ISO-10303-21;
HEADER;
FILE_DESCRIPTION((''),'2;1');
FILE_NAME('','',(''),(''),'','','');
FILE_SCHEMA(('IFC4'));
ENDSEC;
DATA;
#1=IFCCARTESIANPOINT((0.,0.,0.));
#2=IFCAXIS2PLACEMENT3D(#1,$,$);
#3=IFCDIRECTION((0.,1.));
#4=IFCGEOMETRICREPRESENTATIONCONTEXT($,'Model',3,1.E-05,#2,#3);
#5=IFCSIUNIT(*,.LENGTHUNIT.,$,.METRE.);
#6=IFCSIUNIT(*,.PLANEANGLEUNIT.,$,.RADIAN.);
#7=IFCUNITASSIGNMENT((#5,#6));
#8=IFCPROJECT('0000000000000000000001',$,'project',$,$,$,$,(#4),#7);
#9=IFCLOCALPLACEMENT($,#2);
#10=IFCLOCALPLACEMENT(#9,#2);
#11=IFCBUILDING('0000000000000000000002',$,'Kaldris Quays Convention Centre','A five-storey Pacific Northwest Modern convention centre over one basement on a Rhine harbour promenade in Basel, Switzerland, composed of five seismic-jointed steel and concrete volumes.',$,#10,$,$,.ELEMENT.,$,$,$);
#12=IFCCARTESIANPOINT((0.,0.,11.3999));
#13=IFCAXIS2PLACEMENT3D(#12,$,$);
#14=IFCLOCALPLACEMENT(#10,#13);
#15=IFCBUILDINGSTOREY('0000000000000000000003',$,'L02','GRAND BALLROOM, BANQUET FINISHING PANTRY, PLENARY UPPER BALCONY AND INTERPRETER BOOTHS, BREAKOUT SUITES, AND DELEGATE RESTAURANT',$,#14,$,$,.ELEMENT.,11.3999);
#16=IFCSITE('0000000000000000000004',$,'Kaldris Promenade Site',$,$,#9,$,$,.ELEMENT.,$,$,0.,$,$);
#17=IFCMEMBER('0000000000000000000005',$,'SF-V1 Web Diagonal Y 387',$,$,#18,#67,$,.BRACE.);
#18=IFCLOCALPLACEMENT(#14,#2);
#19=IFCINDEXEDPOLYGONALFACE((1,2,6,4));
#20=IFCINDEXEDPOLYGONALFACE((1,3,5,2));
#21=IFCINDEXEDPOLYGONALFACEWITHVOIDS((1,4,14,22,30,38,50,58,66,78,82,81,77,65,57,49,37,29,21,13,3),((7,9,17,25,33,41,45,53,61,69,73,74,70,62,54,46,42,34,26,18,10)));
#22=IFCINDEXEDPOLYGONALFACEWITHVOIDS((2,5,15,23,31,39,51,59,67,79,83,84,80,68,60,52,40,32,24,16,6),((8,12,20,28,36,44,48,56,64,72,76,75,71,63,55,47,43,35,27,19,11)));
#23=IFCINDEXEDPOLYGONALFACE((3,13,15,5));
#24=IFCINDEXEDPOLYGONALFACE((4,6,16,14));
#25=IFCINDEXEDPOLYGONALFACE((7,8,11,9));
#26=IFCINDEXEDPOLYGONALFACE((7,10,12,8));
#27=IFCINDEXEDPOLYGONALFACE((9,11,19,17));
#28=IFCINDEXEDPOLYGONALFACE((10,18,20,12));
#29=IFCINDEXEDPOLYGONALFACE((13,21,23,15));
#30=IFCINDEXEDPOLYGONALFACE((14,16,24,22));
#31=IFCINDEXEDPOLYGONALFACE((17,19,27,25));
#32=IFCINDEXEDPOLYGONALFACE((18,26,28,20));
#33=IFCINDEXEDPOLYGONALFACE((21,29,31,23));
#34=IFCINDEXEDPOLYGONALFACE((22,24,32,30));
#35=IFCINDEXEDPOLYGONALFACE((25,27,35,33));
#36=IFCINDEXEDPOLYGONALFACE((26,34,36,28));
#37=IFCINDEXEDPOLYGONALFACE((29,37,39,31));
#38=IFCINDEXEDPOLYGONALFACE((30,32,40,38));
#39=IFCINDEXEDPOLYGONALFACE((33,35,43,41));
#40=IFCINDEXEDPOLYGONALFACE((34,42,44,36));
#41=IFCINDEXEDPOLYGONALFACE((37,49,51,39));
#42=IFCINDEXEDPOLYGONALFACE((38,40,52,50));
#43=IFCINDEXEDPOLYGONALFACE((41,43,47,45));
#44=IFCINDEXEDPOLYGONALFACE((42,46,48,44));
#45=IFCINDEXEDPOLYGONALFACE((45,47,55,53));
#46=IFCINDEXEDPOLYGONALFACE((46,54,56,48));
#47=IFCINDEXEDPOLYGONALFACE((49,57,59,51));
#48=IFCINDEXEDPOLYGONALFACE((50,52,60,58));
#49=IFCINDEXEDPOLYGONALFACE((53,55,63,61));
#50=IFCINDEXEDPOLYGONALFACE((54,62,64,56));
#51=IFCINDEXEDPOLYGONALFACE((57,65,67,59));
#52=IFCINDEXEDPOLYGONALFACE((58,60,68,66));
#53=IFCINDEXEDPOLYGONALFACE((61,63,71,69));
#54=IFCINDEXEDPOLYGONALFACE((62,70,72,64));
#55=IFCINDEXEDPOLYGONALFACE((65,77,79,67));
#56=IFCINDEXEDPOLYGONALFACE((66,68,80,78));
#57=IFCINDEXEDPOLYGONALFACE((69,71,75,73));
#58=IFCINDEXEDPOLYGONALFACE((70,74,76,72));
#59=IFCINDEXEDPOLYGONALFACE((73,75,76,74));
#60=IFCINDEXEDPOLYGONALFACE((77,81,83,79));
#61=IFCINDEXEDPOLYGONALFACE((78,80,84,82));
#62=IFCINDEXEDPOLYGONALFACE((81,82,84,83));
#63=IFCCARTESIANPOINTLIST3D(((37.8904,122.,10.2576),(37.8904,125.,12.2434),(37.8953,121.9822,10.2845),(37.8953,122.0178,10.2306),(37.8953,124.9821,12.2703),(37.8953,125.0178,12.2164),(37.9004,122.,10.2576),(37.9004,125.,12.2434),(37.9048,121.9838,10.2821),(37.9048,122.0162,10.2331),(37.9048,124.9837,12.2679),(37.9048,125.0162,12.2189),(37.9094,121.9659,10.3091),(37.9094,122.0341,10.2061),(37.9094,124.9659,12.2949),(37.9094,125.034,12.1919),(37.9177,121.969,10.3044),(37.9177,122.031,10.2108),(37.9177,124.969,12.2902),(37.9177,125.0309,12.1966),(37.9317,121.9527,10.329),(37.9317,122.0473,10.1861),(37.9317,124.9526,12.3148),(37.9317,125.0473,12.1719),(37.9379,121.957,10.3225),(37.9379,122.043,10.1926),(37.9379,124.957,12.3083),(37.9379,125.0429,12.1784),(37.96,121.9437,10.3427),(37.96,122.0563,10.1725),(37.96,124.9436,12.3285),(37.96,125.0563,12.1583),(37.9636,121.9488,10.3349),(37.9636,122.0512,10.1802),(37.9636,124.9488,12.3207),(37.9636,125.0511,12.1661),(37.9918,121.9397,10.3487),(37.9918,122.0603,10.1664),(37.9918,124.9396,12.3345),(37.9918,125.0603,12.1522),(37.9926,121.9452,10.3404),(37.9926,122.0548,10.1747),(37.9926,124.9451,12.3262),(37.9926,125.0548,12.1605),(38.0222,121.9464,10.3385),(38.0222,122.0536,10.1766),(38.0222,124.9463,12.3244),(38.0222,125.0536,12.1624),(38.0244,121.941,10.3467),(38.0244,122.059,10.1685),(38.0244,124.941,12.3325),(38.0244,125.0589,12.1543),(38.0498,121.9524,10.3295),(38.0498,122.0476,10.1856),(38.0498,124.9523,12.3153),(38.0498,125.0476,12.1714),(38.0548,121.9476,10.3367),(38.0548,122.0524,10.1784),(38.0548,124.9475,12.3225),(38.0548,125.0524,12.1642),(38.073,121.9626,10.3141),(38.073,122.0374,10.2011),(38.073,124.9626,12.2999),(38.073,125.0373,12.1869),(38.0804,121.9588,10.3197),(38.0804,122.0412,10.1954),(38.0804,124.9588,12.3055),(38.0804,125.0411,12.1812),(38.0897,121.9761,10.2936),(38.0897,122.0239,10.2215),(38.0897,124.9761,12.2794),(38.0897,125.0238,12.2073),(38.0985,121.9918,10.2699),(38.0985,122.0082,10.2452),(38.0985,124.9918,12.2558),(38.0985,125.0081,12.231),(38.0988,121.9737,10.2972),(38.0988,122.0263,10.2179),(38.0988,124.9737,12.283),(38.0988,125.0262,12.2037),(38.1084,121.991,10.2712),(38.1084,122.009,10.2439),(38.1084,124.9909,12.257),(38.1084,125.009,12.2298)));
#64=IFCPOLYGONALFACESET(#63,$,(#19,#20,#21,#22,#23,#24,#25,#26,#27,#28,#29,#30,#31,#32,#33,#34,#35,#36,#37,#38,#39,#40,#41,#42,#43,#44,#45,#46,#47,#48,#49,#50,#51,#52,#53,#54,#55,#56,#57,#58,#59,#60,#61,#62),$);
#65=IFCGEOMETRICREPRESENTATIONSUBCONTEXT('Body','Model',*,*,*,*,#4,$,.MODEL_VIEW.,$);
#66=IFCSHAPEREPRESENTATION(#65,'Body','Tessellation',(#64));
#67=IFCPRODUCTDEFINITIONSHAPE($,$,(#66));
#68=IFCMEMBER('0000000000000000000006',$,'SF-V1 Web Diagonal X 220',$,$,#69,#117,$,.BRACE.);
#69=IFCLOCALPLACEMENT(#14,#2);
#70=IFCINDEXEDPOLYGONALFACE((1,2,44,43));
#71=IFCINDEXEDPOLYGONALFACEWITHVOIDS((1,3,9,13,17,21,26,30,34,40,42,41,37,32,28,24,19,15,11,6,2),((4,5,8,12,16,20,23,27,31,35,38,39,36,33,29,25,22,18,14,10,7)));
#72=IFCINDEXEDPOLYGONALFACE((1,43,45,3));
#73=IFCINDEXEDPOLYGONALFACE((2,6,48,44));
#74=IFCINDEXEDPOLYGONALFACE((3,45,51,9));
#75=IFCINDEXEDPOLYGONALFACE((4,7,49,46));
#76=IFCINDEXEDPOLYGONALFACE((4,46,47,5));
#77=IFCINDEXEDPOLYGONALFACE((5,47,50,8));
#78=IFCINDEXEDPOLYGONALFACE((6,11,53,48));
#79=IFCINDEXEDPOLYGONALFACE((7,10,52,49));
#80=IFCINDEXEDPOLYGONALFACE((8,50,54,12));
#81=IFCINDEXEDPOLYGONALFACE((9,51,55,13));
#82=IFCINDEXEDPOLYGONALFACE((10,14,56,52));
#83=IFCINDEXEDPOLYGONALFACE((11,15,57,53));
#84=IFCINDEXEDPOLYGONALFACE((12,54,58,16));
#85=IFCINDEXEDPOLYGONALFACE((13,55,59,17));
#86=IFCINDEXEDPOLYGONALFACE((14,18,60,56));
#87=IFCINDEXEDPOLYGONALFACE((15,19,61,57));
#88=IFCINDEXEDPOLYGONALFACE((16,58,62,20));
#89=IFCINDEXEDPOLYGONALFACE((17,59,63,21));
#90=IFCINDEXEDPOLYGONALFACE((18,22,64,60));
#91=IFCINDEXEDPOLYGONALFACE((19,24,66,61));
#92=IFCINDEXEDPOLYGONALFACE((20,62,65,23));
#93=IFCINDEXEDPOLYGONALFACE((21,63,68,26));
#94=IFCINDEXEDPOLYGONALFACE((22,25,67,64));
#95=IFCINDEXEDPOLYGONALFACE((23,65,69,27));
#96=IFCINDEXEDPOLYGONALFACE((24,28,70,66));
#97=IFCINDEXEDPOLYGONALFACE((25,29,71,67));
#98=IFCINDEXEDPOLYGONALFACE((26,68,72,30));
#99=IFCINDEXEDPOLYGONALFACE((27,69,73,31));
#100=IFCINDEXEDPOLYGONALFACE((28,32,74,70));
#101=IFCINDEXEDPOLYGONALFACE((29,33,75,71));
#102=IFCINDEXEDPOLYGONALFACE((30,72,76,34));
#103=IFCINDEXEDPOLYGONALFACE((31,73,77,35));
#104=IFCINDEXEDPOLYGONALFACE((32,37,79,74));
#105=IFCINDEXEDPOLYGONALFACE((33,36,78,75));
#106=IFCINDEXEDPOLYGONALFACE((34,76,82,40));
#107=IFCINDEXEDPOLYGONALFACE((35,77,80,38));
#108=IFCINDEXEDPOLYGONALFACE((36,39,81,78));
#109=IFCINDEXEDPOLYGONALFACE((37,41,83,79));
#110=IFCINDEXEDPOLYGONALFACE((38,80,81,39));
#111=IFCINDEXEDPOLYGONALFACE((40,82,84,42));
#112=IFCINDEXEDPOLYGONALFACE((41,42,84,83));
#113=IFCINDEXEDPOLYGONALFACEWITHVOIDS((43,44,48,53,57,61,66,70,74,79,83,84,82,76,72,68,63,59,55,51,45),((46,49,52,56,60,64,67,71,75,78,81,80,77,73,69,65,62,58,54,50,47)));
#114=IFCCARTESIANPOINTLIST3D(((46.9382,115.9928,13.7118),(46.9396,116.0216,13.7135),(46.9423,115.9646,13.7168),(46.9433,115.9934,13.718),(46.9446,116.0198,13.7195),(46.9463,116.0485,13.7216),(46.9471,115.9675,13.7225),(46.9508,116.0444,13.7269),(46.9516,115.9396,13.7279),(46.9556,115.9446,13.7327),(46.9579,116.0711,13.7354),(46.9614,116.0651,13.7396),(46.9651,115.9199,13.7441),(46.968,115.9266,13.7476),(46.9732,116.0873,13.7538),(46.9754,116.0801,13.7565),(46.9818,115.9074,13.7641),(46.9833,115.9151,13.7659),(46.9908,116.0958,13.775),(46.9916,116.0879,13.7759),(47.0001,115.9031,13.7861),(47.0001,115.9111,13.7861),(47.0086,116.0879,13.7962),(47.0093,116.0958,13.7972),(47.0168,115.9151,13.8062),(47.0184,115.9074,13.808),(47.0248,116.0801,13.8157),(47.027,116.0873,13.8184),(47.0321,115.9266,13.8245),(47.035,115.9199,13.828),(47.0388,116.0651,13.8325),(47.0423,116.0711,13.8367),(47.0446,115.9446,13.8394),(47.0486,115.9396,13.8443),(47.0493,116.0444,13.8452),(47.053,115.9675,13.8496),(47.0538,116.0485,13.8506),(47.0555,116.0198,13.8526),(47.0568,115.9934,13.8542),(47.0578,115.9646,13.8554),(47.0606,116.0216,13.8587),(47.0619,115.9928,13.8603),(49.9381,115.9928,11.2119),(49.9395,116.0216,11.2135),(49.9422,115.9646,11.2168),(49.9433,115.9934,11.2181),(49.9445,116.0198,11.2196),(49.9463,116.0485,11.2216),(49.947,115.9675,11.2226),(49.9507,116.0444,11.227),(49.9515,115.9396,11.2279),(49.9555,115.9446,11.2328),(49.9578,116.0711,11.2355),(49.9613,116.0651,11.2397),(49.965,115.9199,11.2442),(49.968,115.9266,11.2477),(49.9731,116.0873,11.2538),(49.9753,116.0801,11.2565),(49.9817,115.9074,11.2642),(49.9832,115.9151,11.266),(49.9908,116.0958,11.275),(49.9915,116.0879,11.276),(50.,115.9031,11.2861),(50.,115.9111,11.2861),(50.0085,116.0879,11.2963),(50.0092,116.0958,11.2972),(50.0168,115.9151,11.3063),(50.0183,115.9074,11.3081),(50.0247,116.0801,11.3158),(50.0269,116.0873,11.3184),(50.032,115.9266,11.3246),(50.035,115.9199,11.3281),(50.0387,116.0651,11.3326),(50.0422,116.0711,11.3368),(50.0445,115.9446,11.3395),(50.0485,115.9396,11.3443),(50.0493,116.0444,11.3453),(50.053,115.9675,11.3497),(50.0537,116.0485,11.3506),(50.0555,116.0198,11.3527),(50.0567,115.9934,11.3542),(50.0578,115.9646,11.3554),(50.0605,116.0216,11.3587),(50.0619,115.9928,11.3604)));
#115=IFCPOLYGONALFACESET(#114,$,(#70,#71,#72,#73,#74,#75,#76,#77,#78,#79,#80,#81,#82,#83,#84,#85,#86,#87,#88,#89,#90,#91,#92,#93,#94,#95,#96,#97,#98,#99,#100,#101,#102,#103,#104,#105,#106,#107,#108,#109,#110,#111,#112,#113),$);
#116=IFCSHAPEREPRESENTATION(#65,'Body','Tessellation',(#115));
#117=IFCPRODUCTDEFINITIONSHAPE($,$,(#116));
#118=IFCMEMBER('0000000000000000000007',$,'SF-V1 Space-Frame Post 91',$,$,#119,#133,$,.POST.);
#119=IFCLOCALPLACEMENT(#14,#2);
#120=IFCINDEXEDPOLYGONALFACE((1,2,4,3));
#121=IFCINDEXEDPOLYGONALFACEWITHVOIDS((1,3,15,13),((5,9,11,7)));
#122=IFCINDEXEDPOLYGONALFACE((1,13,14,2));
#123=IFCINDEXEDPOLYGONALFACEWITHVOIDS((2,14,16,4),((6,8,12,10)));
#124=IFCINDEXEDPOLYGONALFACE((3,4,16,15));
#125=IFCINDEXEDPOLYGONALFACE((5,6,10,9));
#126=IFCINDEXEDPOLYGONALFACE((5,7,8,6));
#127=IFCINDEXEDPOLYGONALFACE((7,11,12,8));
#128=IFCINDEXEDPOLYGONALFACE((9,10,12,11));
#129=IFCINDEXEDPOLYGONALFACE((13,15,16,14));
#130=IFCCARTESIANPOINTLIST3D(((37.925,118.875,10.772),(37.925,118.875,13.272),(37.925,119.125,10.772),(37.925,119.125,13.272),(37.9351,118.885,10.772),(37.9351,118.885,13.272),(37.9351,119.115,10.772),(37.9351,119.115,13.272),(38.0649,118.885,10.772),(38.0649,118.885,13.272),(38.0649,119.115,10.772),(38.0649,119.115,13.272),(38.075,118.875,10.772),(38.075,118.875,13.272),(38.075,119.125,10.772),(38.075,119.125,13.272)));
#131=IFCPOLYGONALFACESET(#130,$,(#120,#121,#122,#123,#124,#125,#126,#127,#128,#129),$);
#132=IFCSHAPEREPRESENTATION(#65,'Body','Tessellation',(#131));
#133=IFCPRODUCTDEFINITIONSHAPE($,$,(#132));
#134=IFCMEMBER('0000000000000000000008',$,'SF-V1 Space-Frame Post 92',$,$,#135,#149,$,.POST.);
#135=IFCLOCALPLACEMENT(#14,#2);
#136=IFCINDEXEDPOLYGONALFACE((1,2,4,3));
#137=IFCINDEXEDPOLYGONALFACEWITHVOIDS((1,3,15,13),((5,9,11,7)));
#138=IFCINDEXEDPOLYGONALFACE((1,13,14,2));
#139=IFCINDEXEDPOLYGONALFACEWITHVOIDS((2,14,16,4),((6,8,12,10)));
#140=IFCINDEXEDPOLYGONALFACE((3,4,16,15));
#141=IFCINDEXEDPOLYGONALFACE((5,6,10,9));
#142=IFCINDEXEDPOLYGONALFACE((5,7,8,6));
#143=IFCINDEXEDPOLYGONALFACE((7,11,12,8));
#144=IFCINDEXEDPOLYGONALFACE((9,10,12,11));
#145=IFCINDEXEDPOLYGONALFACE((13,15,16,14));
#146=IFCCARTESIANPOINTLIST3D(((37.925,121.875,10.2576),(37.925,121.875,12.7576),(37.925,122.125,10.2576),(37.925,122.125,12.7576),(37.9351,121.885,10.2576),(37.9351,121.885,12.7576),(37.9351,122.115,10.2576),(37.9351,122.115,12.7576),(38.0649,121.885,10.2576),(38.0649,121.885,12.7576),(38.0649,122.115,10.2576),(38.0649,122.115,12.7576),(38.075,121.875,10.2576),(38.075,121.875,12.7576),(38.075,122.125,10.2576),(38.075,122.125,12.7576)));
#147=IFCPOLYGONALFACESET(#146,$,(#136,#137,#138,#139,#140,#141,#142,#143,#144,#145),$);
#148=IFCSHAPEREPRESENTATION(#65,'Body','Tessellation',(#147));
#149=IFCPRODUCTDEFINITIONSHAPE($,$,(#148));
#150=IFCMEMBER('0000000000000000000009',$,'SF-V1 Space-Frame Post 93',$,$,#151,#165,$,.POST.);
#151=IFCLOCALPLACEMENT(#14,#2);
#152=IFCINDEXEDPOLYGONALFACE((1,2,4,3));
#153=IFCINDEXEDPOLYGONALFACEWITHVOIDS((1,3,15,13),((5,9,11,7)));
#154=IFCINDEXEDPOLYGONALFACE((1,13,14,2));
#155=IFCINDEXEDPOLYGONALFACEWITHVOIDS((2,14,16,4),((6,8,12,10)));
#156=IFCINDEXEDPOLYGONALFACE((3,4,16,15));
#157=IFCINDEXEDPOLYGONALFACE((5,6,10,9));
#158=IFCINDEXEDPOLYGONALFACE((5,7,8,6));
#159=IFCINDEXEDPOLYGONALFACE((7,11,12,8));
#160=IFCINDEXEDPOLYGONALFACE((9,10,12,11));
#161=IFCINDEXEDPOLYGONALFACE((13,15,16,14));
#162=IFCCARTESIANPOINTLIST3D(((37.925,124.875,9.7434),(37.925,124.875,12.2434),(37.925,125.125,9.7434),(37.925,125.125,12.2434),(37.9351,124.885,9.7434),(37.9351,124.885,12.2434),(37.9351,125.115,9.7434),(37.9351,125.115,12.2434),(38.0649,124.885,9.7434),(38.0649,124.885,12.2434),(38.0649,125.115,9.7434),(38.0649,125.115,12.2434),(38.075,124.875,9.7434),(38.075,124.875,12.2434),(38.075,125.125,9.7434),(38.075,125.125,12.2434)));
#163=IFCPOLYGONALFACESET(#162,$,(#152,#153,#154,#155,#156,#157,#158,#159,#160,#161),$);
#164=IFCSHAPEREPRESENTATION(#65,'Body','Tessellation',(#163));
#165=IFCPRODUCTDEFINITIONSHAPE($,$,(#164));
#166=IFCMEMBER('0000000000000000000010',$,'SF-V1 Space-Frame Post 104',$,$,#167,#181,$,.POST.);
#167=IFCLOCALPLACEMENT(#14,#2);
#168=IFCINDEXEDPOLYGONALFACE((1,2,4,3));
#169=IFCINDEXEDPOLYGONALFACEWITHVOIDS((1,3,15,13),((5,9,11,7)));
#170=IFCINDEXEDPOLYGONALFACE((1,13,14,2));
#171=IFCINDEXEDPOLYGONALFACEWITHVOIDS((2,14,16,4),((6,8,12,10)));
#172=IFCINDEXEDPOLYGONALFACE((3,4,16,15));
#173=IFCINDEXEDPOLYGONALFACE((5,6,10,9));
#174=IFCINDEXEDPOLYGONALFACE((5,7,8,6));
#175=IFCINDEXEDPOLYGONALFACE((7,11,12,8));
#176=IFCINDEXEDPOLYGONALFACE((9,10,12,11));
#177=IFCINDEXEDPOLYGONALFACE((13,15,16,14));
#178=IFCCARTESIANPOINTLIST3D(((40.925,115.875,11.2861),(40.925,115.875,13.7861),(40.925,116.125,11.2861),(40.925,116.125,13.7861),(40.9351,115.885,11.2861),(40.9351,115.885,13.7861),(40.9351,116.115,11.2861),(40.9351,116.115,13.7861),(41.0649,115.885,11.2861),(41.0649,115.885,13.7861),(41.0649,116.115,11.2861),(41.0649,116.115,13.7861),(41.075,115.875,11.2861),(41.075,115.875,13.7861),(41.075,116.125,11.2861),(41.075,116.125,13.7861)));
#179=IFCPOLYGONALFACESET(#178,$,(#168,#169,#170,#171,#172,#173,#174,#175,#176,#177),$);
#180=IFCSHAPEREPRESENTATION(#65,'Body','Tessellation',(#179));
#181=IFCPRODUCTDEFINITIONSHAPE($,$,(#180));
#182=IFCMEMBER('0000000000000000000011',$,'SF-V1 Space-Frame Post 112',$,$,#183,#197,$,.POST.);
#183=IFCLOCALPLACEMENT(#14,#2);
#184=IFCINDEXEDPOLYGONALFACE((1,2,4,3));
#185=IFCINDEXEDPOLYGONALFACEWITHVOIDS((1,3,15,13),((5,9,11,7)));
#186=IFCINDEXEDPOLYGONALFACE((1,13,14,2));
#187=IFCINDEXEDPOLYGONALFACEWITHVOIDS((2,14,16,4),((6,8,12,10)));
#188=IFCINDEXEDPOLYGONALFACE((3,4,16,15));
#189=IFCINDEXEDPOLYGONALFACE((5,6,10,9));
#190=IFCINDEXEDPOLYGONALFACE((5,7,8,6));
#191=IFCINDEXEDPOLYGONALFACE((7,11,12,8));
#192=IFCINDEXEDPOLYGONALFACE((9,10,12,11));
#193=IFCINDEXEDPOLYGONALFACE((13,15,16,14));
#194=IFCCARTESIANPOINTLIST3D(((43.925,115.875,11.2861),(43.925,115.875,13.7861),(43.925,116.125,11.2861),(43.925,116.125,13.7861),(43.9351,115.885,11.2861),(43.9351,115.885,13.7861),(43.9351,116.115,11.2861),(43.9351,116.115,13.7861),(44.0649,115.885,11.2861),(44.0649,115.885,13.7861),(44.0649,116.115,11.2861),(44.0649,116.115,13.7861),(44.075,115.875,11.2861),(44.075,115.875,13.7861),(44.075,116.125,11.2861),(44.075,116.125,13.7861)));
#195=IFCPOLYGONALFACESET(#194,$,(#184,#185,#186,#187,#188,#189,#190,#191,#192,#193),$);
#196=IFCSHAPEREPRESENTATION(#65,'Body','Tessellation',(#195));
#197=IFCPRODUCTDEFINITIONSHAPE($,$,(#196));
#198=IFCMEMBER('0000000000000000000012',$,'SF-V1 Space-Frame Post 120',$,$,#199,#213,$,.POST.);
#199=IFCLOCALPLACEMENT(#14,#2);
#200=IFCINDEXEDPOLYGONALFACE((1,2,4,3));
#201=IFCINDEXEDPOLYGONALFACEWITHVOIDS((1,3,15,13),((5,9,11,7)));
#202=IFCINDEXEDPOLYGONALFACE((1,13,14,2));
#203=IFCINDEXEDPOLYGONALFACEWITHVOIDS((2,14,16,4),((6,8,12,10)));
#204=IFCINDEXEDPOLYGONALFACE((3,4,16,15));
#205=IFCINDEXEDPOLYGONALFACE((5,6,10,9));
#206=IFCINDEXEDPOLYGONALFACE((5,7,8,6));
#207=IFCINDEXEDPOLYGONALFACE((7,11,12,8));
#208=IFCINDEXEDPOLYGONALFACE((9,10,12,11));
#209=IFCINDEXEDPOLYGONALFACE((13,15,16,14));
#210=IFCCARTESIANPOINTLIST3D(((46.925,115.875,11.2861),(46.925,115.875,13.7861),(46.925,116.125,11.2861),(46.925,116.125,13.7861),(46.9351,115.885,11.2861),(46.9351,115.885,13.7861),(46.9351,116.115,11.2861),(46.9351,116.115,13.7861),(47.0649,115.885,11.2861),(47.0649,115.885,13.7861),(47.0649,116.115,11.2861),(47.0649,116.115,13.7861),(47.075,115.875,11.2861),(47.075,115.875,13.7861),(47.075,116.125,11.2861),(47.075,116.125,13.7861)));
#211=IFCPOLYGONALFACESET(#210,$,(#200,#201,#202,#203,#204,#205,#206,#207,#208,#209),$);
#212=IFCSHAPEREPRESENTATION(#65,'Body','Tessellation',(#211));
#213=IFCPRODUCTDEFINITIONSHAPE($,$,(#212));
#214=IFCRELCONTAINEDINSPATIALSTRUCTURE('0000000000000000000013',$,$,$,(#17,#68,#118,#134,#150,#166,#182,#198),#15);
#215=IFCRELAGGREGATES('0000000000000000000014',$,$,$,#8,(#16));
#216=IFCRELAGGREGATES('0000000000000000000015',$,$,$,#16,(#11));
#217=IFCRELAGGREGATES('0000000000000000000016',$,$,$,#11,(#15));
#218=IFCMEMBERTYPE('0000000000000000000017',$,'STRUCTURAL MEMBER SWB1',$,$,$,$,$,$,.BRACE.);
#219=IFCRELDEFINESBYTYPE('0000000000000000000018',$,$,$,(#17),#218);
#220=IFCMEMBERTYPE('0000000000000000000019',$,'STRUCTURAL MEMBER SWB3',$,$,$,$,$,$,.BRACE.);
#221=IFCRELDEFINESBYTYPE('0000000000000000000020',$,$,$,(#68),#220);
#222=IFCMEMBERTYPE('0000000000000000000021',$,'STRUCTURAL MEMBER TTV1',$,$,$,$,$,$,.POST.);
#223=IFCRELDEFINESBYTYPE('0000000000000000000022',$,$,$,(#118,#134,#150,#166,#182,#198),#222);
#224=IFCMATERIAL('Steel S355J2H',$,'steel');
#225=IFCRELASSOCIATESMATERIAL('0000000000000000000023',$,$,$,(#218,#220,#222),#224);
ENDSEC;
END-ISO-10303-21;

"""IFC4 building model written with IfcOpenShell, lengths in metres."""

from ifc_helpers import new_model, si_unit, direction, frame, origin, origin_2d, place, context, subcontext, project, spatial, hollow_rectangle, hollow_circle, extrude, material, material_profile, profile_set, type_object, element, save


model = new_model("IFC4")

# Units and contexts
model_context = context("Model", 3, precision=1e-05, world=origin(), true_north=direction((0.0, 1.0)))
body_context = subcontext(model_context, "Body", "Model", "MODEL_VIEW")
ifc_project = project(units=[si_unit("LENGTHUNIT", "METRE"), si_unit("PLANEANGLEUNIT", "RADIAN")], contexts=[model_context])

# Site, building, storey
site_placement = place(None, origin())
site = spatial("IfcSite", under=ifc_project, at=site_placement, Name="Kaldris Promenade Site", CompositionType="ELEMENT", RefElevation=0.0)
building_placement = place(site_placement, origin())
building = spatial("IfcBuilding", under=site, at=building_placement, Name="Kaldris Quays Convention Centre", Description="A five-storey Pacific Northwest Modern convention centre over one basement on a Rhine harbour promenade in Basel, Switzerland, composed of five seismic-jointed steel and concrete volumes.", CompositionType="ELEMENT")
storey_placement = place(building_placement, frame((0.0, 0.0, 11.3999)))
storey = spatial("IfcBuildingStorey", under=building, at=storey_placement, Name="L02", Description="GRAND BALLROOM, BANQUET FINISHING PANTRY, PLENARY UPPER BALCONY AND INTERPRETER BOOTHS, BREAKOUT SUITES, AND DELEGATE RESTAURANT", CompositionType="ELEMENT", Elevation=11.3999)

# Members
ifc_material = material(Name="Steel S355J2H", Category="steel")
ifc_material_profile_1 = material_profile(ifc_material, hollow_circle(Radius=0.1096, WallThickness=0.01, at=origin_2d()), Name="CHS 219.1x10")
ifc_profile_set_1 = profile_set([ifc_material_profile_1], Name="Steel S355J2H")
member_type_1 = type_object("IfcMemberType", Name="STRUCTURAL MEMBER SWB1", PredefinedType="BRACE", material=ifc_profile_set_1)
member_1_placement = place(storey_placement, frame((38.0, 122.0, 10.2576), z_axis=(0.0, 0.833862, 0.551972), x_axis=(-1.0, 0.0, 0.0)))
element("IfcMember", 1, at=member_1_placement, inside=storey, type_object=member_type_1, Name="SF-V1 Web Diagonal Y 387", PredefinedType="BRACE", context=body_context, shape_type="SweptSolid", body=[
    extrude(hollow_circle(Radius=0.1096, WallThickness=0.01, at=origin_2d()), origin(), (0.0, 0.0, 1.0), 3.5977),
])
ifc_material_profile_2 = material_profile(ifc_material, hollow_circle(Radius=0.0969, WallThickness=0.0081, at=origin_2d()), Name="CHS 193.7x8")
ifc_profile_set_2 = profile_set([ifc_material_profile_2], Name="Steel S355J2H")
member_type_2 = type_object("IfcMemberType", Name="STRUCTURAL MEMBER SWB3", PredefinedType="BRACE", material=ifc_profile_set_2)
member_2_placement = place(storey_placement, frame((50.0, 116.0, 11.2861), z_axis=(-0.768221, 0.0, 0.640184), x_axis=(0.0, -1.0, 0.0)))
element("IfcMember", 2, at=member_2_placement, inside=storey, type_object=member_type_2, Name="SF-V1 Web Diagonal X 220", PredefinedType="BRACE", context=body_context, shape_type="SweptSolid", body=[
    extrude(hollow_circle(Radius=0.0969, WallThickness=0.0081, at=origin_2d()), origin(), (0.0, 0.0, 1.0), 3.905),
])
ifc_material_profile_3 = material_profile(ifc_material, hollow_rectangle(XDim=0.1499, YDim=0.25, WallThickness=0.01, at=origin_2d()), Name="RHS 250x150x10")
ifc_profile_set_3 = profile_set([ifc_material_profile_3], Name="Steel S355J2H")
member_type_3 = type_object("IfcMemberType", Name="STRUCTURAL MEMBER TTV1", PredefinedType="POST", material=ifc_profile_set_3)
for number, where, z_axis, x_axis, name in (
    (3, (38.0, 119.0, 10.772), (0.0, 0.0, 1.0), (1.0, 0.0, 0.0), "SF-V1 Space-Frame Post 91"),
    (4, (38.0, 122.0, 10.2576), (0.0, 0.0, 1.0), (1.0, 0.0, 0.0), "SF-V1 Space-Frame Post 92"),
    (5, (38.0, 125.0, 9.7434), (0.0, 0.0, 1.0), (1.0, 0.0, 0.0), "SF-V1 Space-Frame Post 93"),
    (6, (41.0, 116.0, 11.2861), (0.0, 0.0, 1.0), (1.0, 0.0, 0.0), "SF-V1 Space-Frame Post 104"),
    (7, (44.0, 116.0, 11.2861), (0.0, 0.0, 1.0), (1.0, 0.0, 0.0), "SF-V1 Space-Frame Post 112"),
    (8, (47.0, 116.0, 11.2861), (0.0, 0.0, 1.0), (1.0, 0.0, 0.0), "SF-V1 Space-Frame Post 120"),
):
    element("IfcMember", number, at=place(storey_placement, frame(where, z_axis=z_axis, x_axis=x_axis)), inside=storey, type_object=member_type_3, Name=name, PredefinedType="POST", context=body_context, shape_type="SweptSolid", body=[
        extrude(hollow_rectangle(XDim=0.1499, YDim=0.25, WallThickness=0.01, at=origin_2d()), origin(), (0.0, 0.0, 1.0), 2.5),
    ])

save(model, "model.ifc")
